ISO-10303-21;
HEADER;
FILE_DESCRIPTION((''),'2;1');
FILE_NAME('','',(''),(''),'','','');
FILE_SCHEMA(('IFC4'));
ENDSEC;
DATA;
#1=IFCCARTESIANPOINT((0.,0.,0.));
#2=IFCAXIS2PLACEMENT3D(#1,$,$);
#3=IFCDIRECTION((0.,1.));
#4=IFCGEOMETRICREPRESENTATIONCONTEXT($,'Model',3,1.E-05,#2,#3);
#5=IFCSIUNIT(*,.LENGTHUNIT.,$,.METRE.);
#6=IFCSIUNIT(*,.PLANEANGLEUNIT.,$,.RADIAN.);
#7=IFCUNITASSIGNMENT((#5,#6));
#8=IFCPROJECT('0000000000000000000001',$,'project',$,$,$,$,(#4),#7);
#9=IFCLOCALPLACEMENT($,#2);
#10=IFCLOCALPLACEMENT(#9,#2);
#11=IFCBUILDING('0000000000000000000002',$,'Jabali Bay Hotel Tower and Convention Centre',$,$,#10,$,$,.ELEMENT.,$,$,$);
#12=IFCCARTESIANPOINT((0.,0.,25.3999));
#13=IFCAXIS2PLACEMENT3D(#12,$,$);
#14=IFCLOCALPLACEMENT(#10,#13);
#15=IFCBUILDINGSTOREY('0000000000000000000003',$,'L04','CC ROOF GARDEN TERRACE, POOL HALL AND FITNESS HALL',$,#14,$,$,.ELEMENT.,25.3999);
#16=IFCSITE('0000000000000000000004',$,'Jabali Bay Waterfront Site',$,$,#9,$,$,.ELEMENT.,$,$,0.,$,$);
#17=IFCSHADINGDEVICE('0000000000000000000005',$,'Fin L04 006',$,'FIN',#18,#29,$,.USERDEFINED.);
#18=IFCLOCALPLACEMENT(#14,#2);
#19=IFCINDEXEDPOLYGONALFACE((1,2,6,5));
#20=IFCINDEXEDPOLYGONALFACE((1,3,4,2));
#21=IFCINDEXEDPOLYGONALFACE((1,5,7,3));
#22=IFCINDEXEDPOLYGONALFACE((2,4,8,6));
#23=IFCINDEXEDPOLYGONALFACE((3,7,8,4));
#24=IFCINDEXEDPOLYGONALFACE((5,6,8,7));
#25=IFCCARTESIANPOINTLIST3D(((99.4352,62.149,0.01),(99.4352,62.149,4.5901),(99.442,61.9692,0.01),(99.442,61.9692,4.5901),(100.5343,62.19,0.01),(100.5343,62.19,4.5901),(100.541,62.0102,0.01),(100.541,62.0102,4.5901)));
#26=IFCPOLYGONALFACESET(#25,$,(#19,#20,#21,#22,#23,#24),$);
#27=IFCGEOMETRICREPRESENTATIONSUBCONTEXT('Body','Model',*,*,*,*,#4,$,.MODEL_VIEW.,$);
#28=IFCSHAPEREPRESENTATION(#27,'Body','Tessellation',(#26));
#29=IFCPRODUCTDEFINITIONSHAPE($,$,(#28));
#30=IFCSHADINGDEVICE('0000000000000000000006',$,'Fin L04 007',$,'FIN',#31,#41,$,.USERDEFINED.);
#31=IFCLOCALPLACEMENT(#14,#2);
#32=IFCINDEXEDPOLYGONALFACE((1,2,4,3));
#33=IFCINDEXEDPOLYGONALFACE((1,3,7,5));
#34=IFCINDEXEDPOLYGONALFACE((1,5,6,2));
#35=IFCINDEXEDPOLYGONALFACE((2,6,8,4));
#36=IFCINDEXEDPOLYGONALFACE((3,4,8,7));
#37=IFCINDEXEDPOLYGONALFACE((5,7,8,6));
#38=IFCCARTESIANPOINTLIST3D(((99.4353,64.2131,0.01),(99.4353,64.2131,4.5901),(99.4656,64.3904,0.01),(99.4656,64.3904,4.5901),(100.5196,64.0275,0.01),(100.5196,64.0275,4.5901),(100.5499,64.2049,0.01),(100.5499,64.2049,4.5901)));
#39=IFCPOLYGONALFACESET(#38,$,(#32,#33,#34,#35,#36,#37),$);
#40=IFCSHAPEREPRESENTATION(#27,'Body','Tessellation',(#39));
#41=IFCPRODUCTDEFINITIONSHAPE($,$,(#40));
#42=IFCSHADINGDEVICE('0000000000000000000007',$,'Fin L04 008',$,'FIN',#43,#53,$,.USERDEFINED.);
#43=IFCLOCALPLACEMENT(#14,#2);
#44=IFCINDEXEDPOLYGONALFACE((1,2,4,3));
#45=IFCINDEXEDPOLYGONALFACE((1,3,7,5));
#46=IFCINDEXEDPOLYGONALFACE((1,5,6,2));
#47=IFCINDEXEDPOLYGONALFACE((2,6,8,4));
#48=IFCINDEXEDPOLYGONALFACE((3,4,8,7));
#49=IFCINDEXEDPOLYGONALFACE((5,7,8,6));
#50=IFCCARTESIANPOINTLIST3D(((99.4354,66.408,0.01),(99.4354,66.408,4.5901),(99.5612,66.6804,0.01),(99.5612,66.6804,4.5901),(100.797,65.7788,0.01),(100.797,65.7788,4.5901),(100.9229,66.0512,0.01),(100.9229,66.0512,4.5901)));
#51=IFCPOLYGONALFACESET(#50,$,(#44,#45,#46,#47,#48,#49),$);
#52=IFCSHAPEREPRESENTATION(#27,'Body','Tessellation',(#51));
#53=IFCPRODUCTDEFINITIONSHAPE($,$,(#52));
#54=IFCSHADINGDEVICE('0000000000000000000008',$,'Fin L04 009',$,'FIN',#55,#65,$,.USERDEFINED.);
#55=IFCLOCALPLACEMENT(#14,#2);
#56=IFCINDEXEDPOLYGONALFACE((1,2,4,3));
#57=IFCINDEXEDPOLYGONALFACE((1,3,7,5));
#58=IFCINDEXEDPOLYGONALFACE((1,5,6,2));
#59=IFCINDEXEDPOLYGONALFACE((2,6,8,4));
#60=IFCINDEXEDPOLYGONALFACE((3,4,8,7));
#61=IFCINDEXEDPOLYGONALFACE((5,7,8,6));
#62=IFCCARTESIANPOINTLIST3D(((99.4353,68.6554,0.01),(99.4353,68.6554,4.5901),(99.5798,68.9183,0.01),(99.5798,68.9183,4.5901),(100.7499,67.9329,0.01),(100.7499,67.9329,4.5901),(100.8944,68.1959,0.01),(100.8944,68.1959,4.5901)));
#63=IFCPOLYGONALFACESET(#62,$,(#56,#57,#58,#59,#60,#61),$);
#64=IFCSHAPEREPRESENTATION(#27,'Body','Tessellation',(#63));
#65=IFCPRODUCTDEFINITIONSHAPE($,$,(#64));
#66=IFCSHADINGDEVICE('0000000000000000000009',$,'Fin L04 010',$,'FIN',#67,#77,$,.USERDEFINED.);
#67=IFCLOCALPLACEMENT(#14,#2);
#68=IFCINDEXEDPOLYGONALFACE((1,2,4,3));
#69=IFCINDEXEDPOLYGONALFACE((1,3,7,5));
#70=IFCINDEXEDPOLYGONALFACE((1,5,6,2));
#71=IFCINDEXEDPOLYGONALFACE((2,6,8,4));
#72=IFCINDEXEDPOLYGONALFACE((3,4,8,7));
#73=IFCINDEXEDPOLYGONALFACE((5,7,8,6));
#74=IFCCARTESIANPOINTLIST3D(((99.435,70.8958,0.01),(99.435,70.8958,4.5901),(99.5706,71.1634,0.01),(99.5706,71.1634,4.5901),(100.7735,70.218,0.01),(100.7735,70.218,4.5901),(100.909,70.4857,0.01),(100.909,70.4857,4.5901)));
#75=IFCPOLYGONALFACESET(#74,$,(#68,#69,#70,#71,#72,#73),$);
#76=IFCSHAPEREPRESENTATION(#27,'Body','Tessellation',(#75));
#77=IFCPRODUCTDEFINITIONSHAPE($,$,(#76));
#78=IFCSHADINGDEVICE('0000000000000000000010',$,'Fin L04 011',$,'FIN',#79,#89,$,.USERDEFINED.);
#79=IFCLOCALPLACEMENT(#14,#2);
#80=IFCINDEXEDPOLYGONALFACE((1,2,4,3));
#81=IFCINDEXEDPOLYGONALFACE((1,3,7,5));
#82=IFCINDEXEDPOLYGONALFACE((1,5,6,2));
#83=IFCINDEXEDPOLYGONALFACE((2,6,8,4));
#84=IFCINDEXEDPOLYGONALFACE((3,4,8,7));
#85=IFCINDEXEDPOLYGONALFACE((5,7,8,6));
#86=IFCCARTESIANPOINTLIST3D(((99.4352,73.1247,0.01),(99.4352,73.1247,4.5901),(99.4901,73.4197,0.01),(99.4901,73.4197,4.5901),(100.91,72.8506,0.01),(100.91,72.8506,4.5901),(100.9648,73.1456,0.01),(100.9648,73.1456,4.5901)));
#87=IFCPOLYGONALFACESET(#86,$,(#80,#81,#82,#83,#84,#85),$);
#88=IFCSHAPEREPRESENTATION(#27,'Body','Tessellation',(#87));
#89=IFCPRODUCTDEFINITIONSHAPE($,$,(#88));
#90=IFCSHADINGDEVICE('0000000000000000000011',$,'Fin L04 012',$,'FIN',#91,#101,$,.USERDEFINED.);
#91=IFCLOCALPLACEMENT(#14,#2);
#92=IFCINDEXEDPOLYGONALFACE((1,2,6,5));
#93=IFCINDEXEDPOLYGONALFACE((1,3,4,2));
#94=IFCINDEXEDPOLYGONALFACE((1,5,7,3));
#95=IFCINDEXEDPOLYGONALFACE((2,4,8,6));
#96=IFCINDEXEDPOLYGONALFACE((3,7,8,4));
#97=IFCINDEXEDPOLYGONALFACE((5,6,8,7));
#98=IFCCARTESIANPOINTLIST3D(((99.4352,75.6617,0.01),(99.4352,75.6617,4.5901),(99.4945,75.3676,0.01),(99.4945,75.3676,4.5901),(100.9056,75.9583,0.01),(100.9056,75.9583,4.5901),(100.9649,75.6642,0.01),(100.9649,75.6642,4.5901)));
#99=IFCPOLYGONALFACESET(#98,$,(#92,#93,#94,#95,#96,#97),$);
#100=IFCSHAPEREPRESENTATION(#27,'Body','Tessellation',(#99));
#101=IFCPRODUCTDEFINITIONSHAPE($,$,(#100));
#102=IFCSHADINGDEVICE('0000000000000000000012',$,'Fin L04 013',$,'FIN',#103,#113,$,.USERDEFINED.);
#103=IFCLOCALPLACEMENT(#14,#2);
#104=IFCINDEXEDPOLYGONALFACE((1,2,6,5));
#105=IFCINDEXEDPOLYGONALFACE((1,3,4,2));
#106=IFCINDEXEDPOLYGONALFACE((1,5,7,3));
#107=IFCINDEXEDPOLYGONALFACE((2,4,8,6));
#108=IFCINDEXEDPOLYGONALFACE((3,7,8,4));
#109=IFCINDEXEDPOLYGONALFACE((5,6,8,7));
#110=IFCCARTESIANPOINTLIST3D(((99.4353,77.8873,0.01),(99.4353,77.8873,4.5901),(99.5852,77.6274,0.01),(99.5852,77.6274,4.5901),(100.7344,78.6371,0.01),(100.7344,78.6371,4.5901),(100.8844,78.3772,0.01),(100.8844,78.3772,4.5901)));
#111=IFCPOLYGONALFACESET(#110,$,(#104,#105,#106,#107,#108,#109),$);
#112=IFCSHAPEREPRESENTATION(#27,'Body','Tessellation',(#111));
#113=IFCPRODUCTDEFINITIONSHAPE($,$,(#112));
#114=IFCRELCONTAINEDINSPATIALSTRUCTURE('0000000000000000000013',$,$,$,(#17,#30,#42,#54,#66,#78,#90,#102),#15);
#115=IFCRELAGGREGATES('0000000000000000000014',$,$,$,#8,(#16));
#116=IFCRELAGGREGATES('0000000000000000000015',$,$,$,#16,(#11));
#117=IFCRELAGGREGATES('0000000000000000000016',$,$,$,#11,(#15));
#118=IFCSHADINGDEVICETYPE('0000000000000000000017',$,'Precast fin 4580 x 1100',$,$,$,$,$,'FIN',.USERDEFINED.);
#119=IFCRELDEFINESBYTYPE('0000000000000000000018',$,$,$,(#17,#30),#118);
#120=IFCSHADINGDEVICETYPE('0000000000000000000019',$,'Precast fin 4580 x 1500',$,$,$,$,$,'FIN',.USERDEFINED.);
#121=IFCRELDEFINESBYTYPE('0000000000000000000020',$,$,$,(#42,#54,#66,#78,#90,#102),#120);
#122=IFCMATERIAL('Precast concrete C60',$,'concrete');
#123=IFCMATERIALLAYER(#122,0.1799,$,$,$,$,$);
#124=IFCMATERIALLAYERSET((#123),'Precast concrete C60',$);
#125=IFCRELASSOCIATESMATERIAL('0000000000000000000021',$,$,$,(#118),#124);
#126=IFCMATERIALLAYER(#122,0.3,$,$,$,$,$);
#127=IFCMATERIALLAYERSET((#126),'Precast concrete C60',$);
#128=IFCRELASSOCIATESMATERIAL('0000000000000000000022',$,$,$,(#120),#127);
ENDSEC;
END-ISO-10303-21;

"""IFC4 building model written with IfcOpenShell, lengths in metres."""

from ifc_helpers import new_model, si_unit, direction, frame, frame_2d, origin, place, context, subcontext, project, spatial, rectangle, extrude, material, layer, layer_set, type_object, element, save


model = new_model("IFC4")

# Units and contexts
model_context = context("Model", 3, precision=1e-05, world=origin(), true_north=direction((0.0, 1.0)))
body_context = subcontext(model_context, "Body", "Model", "MODEL_VIEW")
ifc_project = project(units=[si_unit("LENGTHUNIT", "METRE"), si_unit("PLANEANGLEUNIT", "RADIAN")], contexts=[model_context])

# Site, building, storey
site_placement = place(None, origin())
site = spatial("IfcSite", under=ifc_project, at=site_placement, Name="Jabali Bay Waterfront Site", CompositionType="ELEMENT", RefElevation=0.0)
building_placement = place(site_placement, origin())
building = spatial("IfcBuilding", under=site, at=building_placement, Name="Jabali Bay Hotel Tower and Convention Centre", CompositionType="ELEMENT")
storey_placement = place(building_placement, frame((0.0, 0.0, 25.3999)))
storey = spatial("IfcBuildingStorey", under=building, at=storey_placement, Name="L04", Description="CC ROOF GARDEN TERRACE, POOL HALL AND FITNESS HALL", CompositionType="ELEMENT", Elevation=25.3999)

# Shading devices
ifc_material_1 = material(Name="Precast concrete C60", Category="concrete")
ifc_layer_1 = layer(ifc_material_1, 0.1799)
ifc_layer_set_1 = layer_set([ifc_layer_1], Name="Precast concrete C60")
shading_device_type_1 = type_object("IfcShadingDeviceType", Name="Precast fin 4580 x 1100", ElementType="FIN", PredefinedType="USERDEFINED", material=ifc_layer_set_1)
for number, where, z_axis, x_axis, name in (
    (1, (99.4387, 62.0591, 0.01), (0.0, 0.0, 1.0), (0.999304, 0.037291, 0.0), "Fin L04 006"),
):
    element("IfcShadingDevice", number, at=place(storey_placement, frame(where, z_axis=z_axis, x_axis=x_axis)), inside=storey, type_object=shading_device_type_1, Name=name, ObjectType="FIN", PredefinedType="USERDEFINED", context=body_context, shape_type="SweptSolid", body=[
        extrude(rectangle(XDim=1.0999, YDim=0.1799, at=frame_2d((0.5498, 0.0))), origin(), (0.0, 0.0, 1.0), 4.5801),
    ])
shading_device_1_placement = place(storey_placement, frame((99.4504, 64.3018, 0.01), z_axis=(0.0, 0.0, 1.0), x_axis=(0.985671, -0.16868, 0.0)))
element("IfcShadingDevice", 2, at=shading_device_1_placement, inside=storey, type_object=shading_device_type_1, Name="Fin L04 007", ObjectType="FIN", PredefinedType="USERDEFINED", context=body_context, shape_type="SweptSolid", body=[
    extrude(rectangle(XDim=1.1001, YDim=0.1799, at=frame_2d((0.55, 0.0))), origin(), (0.0, 0.0, 1.0), 4.5801),
])
ifc_layer_2 = layer(ifc_material_1, 0.3)
ifc_layer_set_2 = layer_set([ifc_layer_2], Name="Precast concrete C60")
shading_device_type_2 = type_object("IfcShadingDeviceType", Name="Precast fin 4580 x 1500", ElementType="FIN", PredefinedType="USERDEFINED", material=ifc_layer_set_2)
for number, where, z_axis, x_axis, name in (
    (3, (99.4983, 66.5442, 0.01), (0.0, 0.0, 1.0), (0.907773, -0.419461, 0.0), "Fin L04 008"),
    (4, (99.5076, 68.7869, 0.01), (0.0, 0.0, 1.0), (0.876367, -0.481644, 0.0), "Fin L04 009"),
):
    element("IfcShadingDevice", number, at=place(storey_placement, frame(where, z_axis=z_axis, x_axis=x_axis)), inside=storey, type_object=shading_device_type_2, Name=name, ObjectType="FIN", PredefinedType="USERDEFINED", context=body_context, shape_type="SweptSolid", body=[
        extrude(rectangle(XDim=1.5, YDim=0.3, at=frame_2d((0.75, 0.0))), origin(), (0.0, 0.0, 1.0), 4.5801),
    ])
shading_device_2_placement = place(storey_placement, frame((99.5029, 71.0295, 0.01), z_axis=(0.0, 0.0, 1.0), x_axis=(0.892137, -0.451764, 0.0)))
element("IfcShadingDevice", 5, at=shading_device_2_placement, inside=storey, type_object=shading_device_type_2, Name="Fin L04 010", ObjectType="FIN", PredefinedType="USERDEFINED", context=body_context, shape_type="SweptSolid", body=[
    extrude(rectangle(XDim=1.5002, YDim=0.3, at=frame_2d((0.75, 0.0))), origin(), (0.0, 0.0, 1.0), 4.5801),
])
for number, where, z_axis, x_axis, name in (
    (6, (99.4626, 73.2722, 0.01), (0.0, 0.0, 1.0), (0.983157, -0.182765, 0.0), "Fin L04 011"),
    (7, (99.4648, 75.5146, 0.01), (0.0, 0.0, 1.0), (0.980254, 0.197743, 0.0), "Fin L04 012"),
    (8, (99.5103, 77.7573, 0.01), (0.0, 0.0, 1.0), (0.866102, 0.499868, 0.0), "Fin L04 013"),
):
    element("IfcShadingDevice", number, at=place(storey_placement, frame(where, z_axis=z_axis, x_axis=x_axis)), inside=storey, type_object=shading_device_type_2, Name=name, ObjectType="FIN", PredefinedType="USERDEFINED", context=body_context, shape_type="SweptSolid", body=[
        extrude(rectangle(XDim=1.5, YDim=0.3, at=frame_2d((0.75, 0.0))), origin(), (0.0, 0.0, 1.0), 4.5801),
    ])

save(model, "model.ifc")
